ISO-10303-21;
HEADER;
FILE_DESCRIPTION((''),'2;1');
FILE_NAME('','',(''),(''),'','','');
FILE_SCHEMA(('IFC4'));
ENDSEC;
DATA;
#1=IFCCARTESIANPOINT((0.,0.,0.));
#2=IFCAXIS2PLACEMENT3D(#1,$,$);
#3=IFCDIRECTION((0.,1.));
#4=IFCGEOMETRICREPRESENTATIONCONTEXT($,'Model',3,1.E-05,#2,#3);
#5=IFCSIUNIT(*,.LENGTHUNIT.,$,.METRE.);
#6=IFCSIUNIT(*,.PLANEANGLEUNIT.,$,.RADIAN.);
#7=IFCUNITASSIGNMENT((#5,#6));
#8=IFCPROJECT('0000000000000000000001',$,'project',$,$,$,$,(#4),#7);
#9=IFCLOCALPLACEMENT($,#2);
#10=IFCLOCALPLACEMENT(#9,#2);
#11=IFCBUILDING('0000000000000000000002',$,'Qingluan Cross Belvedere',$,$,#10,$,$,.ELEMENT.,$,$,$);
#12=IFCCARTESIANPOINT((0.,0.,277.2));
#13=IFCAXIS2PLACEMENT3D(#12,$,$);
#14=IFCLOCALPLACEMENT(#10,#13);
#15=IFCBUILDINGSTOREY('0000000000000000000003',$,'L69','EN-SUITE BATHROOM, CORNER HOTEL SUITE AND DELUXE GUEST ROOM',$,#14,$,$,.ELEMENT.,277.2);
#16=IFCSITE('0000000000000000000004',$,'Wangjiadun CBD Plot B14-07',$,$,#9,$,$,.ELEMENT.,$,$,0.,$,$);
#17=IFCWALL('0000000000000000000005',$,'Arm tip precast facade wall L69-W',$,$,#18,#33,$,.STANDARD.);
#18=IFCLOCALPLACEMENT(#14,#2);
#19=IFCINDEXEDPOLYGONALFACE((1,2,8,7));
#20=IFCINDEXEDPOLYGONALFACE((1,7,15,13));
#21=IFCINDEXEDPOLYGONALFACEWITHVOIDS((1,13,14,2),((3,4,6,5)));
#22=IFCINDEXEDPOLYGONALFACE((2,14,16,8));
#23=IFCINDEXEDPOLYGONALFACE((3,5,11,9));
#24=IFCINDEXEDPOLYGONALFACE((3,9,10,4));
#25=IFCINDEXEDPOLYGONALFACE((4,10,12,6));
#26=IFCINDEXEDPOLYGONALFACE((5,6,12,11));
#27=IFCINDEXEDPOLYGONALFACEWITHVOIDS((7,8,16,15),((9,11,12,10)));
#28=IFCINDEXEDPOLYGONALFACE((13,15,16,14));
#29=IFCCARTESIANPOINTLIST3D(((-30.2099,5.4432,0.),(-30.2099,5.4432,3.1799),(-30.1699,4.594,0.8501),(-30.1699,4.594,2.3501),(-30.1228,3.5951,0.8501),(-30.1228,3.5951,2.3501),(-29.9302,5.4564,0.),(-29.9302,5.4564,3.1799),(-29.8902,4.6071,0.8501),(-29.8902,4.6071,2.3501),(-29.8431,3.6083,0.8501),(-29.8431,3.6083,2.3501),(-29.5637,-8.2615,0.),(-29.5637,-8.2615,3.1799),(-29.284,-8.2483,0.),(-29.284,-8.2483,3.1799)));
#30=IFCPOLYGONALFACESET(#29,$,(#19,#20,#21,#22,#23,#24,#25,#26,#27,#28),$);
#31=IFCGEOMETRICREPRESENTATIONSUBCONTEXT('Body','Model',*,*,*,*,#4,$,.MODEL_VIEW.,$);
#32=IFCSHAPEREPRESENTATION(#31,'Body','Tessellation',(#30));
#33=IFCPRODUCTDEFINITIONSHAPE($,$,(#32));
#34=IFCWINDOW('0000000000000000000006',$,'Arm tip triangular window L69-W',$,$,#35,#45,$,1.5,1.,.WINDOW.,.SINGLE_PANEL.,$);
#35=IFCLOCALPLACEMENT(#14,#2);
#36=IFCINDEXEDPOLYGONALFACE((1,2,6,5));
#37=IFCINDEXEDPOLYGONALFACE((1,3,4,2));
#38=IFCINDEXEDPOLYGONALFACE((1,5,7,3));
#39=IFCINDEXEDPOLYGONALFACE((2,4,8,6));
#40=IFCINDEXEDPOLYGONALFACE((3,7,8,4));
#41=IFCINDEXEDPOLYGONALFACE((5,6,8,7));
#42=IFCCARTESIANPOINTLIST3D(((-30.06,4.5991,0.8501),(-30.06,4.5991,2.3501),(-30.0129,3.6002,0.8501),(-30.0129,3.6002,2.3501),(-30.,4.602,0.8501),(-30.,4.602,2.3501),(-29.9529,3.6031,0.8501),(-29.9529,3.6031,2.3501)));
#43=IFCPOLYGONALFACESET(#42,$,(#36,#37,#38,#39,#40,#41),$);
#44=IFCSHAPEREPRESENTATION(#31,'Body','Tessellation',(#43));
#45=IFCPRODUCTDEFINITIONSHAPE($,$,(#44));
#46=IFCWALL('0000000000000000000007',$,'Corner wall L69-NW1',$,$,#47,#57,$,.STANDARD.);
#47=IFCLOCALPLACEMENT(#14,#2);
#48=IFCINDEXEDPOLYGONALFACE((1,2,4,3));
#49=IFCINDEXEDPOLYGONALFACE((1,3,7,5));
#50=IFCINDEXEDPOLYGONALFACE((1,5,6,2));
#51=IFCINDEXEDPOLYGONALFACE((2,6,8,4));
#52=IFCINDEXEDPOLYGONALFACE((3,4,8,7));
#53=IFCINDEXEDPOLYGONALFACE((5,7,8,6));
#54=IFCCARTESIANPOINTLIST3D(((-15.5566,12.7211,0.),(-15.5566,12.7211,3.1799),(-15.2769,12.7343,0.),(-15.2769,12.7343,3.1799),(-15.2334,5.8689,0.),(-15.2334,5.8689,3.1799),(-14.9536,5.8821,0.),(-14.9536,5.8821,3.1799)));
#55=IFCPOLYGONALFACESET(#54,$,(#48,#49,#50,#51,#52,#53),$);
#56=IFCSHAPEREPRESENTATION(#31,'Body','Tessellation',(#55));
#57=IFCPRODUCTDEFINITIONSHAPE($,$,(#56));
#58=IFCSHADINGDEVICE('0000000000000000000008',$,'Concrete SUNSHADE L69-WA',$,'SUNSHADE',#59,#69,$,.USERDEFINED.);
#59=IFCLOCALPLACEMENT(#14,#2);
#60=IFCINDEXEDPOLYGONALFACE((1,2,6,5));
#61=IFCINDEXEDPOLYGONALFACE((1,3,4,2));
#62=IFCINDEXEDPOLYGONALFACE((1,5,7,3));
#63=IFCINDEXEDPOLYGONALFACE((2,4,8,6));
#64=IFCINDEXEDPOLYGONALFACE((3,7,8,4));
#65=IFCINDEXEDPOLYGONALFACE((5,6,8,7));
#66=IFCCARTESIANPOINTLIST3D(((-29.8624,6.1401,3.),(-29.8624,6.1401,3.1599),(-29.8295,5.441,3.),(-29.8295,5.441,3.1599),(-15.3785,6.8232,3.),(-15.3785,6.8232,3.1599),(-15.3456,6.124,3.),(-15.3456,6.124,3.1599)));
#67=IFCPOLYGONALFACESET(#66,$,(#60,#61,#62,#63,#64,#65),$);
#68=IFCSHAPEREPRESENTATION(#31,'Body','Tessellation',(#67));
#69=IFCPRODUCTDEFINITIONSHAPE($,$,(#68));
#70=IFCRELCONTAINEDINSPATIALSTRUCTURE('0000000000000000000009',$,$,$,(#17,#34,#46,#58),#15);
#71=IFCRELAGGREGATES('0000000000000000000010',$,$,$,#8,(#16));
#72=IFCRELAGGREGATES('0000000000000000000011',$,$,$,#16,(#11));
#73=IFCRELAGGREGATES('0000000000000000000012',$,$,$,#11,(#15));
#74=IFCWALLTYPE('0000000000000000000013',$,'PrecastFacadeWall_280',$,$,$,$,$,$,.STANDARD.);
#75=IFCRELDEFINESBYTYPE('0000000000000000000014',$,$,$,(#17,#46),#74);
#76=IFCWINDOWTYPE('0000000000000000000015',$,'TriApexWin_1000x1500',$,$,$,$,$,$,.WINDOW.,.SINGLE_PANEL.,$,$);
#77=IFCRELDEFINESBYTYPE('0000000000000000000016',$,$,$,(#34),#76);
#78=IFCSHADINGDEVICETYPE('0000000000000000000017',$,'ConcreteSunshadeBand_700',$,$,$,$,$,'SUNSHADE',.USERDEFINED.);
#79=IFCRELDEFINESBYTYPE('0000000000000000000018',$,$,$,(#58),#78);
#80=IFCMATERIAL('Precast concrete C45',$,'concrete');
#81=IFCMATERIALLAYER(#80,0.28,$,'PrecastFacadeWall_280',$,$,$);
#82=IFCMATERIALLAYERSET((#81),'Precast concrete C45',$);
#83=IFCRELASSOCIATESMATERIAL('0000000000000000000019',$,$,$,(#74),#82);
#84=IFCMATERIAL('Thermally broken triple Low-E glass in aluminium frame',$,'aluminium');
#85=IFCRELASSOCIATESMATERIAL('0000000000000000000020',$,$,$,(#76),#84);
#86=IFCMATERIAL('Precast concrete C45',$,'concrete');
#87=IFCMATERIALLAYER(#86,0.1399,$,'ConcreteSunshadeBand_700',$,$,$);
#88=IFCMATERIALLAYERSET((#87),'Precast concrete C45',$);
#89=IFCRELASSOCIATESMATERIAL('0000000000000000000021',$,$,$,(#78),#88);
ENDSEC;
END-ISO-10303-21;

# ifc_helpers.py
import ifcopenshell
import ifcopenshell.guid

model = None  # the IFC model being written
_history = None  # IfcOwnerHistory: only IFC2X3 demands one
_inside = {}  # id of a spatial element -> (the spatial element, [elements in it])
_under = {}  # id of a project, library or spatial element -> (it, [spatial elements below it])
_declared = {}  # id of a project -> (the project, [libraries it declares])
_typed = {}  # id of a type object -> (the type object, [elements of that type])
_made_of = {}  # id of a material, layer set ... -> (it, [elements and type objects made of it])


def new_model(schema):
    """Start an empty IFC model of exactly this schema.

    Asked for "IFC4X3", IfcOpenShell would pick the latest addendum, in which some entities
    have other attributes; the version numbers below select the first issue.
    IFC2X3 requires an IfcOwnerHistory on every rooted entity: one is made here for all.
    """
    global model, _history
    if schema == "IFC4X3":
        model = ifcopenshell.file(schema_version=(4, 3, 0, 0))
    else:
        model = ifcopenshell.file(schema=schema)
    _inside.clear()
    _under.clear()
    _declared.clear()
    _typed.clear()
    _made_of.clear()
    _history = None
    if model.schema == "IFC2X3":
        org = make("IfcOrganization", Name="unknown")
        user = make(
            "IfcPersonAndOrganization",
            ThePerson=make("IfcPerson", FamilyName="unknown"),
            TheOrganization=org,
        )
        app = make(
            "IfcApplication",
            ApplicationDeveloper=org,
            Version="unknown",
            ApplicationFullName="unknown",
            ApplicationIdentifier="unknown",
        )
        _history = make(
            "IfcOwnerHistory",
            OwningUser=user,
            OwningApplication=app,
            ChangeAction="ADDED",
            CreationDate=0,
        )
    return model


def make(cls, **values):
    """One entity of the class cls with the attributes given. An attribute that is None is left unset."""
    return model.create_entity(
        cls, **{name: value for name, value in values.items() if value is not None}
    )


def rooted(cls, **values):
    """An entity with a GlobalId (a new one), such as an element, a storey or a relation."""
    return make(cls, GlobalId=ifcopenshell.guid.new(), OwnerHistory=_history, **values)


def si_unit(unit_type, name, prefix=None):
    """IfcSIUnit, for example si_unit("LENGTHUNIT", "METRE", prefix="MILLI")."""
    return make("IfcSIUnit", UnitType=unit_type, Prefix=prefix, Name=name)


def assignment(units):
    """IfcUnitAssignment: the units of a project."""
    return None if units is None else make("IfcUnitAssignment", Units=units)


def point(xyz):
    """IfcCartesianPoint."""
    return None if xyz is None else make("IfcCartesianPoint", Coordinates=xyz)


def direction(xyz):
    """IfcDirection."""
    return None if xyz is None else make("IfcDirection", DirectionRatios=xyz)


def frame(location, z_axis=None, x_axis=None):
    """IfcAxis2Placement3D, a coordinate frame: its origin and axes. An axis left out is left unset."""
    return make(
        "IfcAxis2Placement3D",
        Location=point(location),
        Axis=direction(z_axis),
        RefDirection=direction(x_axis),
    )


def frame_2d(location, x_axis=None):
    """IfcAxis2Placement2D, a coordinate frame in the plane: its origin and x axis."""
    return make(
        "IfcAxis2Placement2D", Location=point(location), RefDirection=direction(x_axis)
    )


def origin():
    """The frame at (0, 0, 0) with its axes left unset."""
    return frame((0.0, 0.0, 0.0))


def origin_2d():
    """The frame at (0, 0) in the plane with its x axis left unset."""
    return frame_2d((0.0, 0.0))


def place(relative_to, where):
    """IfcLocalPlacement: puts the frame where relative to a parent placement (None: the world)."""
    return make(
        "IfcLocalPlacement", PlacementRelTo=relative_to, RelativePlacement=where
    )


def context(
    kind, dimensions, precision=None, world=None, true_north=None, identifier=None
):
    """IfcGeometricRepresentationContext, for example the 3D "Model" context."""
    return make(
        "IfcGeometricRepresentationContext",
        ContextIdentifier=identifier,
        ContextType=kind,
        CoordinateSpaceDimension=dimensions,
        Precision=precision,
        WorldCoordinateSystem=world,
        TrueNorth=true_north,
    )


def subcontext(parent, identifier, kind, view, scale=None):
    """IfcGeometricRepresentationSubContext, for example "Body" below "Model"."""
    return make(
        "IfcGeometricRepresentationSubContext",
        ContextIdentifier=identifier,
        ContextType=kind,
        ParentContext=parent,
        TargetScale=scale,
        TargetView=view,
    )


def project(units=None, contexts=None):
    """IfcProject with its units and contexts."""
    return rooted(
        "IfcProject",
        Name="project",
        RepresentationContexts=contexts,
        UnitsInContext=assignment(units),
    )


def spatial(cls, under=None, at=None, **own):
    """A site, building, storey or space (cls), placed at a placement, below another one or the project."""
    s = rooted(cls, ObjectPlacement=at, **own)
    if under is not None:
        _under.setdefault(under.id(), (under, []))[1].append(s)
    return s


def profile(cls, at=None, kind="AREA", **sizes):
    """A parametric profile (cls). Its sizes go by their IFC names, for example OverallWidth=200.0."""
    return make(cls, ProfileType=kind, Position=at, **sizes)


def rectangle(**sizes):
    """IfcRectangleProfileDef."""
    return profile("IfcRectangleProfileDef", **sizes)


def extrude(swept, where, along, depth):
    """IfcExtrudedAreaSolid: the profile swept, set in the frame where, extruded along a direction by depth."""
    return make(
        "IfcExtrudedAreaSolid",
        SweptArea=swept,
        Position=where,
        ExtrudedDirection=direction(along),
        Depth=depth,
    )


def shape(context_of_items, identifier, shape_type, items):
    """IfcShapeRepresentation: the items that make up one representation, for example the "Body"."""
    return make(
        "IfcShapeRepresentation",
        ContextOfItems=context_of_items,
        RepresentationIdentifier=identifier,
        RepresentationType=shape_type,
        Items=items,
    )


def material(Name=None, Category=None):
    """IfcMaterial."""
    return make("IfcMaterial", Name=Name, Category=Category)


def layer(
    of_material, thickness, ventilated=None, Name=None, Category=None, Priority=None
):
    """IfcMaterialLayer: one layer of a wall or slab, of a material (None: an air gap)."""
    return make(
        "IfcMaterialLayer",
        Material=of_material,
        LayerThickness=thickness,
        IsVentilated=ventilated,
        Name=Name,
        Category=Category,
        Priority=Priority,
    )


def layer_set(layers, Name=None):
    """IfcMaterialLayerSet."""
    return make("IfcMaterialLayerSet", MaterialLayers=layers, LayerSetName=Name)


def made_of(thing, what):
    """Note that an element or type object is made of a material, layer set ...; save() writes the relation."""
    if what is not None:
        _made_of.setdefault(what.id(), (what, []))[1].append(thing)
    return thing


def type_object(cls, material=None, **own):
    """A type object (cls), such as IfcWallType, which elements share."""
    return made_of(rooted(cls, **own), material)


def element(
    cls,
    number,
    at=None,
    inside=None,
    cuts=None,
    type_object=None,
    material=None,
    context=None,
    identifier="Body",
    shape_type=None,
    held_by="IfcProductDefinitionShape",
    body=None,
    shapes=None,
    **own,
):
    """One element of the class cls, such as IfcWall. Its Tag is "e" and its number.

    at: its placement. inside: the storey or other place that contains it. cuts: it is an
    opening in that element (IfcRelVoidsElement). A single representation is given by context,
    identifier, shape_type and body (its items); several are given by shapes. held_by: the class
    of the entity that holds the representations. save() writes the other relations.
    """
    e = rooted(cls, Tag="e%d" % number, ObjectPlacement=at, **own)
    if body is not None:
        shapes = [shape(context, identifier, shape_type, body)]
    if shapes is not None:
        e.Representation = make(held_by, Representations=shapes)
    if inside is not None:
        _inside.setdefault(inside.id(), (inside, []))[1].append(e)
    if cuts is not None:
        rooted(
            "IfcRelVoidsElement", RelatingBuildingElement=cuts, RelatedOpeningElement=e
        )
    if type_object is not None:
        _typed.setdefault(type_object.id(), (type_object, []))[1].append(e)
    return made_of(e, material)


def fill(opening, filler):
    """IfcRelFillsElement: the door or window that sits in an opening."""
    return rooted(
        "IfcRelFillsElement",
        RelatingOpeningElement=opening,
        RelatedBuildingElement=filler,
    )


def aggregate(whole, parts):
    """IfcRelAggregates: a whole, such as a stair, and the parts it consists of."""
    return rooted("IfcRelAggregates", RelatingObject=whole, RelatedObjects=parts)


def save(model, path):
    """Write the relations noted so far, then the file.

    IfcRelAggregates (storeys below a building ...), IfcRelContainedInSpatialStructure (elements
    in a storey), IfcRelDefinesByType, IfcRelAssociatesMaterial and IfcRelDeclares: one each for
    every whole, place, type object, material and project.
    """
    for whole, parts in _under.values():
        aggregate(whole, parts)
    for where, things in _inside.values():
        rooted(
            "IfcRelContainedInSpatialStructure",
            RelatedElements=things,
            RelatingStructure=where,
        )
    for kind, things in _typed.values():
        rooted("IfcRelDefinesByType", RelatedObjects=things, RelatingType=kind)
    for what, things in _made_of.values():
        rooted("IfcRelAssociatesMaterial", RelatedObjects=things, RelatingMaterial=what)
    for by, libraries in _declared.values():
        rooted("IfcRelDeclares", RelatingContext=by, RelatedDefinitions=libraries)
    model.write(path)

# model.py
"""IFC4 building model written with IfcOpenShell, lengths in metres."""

from ifc_helpers import new_model, si_unit, direction, frame, frame_2d, origin, origin_2d, place, context, subcontext, project, spatial, rectangle, extrude, material, layer, layer_set, type_object, element, fill, save


model = new_model("IFC4")

# Units and contexts
model_context = context("Model", 3, precision=1e-05, world=origin(), true_north=direction((0.0, 1.0)))
body_context = subcontext(model_context, "Body", "Model", "MODEL_VIEW")
ifc_project = project(units=[si_unit("LENGTHUNIT", "METRE"), si_unit("PLANEANGLEUNIT", "RADIAN")], contexts=[model_context])

# Site, building, storey
site_placement = place(None, origin())
site = spatial("IfcSite", under=ifc_project, at=site_placement, Name="Wangjiadun CBD Plot B14-07", CompositionType="ELEMENT", RefElevation=0.0)
building_placement = place(site_placement, origin())
building = spatial("IfcBuilding", under=site, at=building_placement, Name="Qingluan Cross Belvedere", CompositionType="ELEMENT")
storey_placement = place(building_placement, frame((0.0, 0.0, 277.2)))
storey = spatial("IfcBuildingStorey", under=building, at=storey_placement, Name="L69", Description="EN-SUITE BATHROOM, CORNER HOTEL SUITE AND DELUXE GUEST ROOM", CompositionType="ELEMENT", Elevation=277.2)

# Shared definitions
ifc_material_1 = material(Name="Precast concrete C45", Category="concrete")
ifc_layer_1 = layer(ifc_material_1, 0.28, Name="PrecastFacadeWall_280")
ifc_layer_set_1 = layer_set([ifc_layer_1], Name="Precast concrete C45")
wall_type_1 = type_object("IfcWallType", Name="PrecastFacadeWall_280", PredefinedType="STANDARD", material=ifc_layer_set_1)

# Wall, opening, window
wall_1_placement = place(storey_placement, frame((-30.0701, 5.4497, 0.0), z_axis=(0.0, 0.0, 1.0), x_axis=(0.047102, -0.99889, 0.0)))
wall_1 = element("IfcWall", 1, at=wall_1_placement, inside=storey, type_object=wall_type_1, Name="Arm tip precast facade wall L69-W", PredefinedType="STANDARD", context=body_context, shape_type="SweptSolid", body=[
    extrude(rectangle(XDim=13.72, YDim=0.28, at=frame_2d((6.8599, 0.0))), origin(), (0.0, 0.0, 1.0), 3.1799),
])
opening_1_placement = place(wall_1_placement, frame((0.8501, 0.0, 0.8501)))
opening_1 = element("IfcOpeningElement", 2, at=opening_1_placement, cuts=wall_1, PredefinedType="OPENING", context=body_context, shape_type="SweptSolid", body=[
    extrude(rectangle(XDim=1.0, YDim=1.5, at=frame_2d((0.5, 0.75))), frame((0.0, 0.1499, 0.0), z_axis=(0.0, -1.0, 0.0), x_axis=(1.0, 0.0, 0.0)), (0.0, 0.0, 1.0), 0.3),
])
ifc_material_2 = material(Name="Thermally broken triple Low-E glass in aluminium frame", Category="aluminium")
window_type_1 = type_object("IfcWindowType", Name="TriApexWin_1000x1500", PartitioningType="SINGLE_PANEL", PredefinedType="WINDOW", material=ifc_material_2)
window_1_placement = place(opening_1_placement, origin())
window_1 = element("IfcWindow", 3, at=window_1_placement, inside=storey, type_object=window_type_1, Name="Arm tip triangular window L69-W", OverallHeight=1.5, OverallWidth=1.0, PartitioningType="SINGLE_PANEL", PredefinedType="WINDOW", context=body_context, shape_type="SweptSolid", body=[
    extrude(rectangle(XDim=1.0, YDim=1.5, at=frame_2d((0.5, 0.75))), frame((0.0, 0.03, 0.0), z_axis=(0.0, -1.0, 0.0), x_axis=(1.0, 0.0, 0.0)), (0.0, 0.0, 1.0), 0.0601),
])
fill(opening_1, window_1)

# Wall
wall_2_placement = place(storey_placement, frame((-15.0935, 5.8755, 0.0), z_axis=(0.0, 0.0, 1.0), x_axis=(-0.04712, 0.998889, 0.0)))
element("IfcWall", 4, at=wall_2_placement, inside=storey, type_object=wall_type_1, Name="Corner wall L69-NW1", PredefinedType="STANDARD", context=body_context, shape_type="SweptSolid", body=[
    extrude(rectangle(XDim=6.8599, YDim=0.28, at=frame_2d((3.4299, 0.0))), origin(), (0.0, 0.0, 1.0), 3.1799),
])

# Shading device
ifc_material_3 = material(Name="Precast concrete C45", Category="concrete")
ifc_layer_2 = layer(ifc_material_3, 0.1399, Name="ConcreteSunshadeBand_700")
ifc_layer_set_2 = layer_set([ifc_layer_2], Name="Precast concrete C45")
shading_device_type = type_object("IfcShadingDeviceType", Name="ConcreteSunshadeBand_700", ElementType="SUNSHADE", PredefinedType="USERDEFINED", material=ifc_layer_set_2)
shading_device_placement = place(storey_placement, frame((-22.604, 6.1321, 3.0), z_axis=(0.0, 0.0, 1.0), x_axis=(-0.99889, -0.047109, 0.0)))
element("IfcShadingDevice", 5, at=shading_device_placement, inside=storey, type_object=shading_device_type, Name="Concrete SUNSHADE L69-WA", ObjectType="SUNSHADE", PredefinedType="USERDEFINED", context=body_context, shape_type="SweptSolid", body=[
    extrude(rectangle(XDim=14.5, YDim=0.7, at=origin_2d()), origin(), (0.0, 0.0, 1.0), 0.1599),
])

save(model, "model.ifc")
